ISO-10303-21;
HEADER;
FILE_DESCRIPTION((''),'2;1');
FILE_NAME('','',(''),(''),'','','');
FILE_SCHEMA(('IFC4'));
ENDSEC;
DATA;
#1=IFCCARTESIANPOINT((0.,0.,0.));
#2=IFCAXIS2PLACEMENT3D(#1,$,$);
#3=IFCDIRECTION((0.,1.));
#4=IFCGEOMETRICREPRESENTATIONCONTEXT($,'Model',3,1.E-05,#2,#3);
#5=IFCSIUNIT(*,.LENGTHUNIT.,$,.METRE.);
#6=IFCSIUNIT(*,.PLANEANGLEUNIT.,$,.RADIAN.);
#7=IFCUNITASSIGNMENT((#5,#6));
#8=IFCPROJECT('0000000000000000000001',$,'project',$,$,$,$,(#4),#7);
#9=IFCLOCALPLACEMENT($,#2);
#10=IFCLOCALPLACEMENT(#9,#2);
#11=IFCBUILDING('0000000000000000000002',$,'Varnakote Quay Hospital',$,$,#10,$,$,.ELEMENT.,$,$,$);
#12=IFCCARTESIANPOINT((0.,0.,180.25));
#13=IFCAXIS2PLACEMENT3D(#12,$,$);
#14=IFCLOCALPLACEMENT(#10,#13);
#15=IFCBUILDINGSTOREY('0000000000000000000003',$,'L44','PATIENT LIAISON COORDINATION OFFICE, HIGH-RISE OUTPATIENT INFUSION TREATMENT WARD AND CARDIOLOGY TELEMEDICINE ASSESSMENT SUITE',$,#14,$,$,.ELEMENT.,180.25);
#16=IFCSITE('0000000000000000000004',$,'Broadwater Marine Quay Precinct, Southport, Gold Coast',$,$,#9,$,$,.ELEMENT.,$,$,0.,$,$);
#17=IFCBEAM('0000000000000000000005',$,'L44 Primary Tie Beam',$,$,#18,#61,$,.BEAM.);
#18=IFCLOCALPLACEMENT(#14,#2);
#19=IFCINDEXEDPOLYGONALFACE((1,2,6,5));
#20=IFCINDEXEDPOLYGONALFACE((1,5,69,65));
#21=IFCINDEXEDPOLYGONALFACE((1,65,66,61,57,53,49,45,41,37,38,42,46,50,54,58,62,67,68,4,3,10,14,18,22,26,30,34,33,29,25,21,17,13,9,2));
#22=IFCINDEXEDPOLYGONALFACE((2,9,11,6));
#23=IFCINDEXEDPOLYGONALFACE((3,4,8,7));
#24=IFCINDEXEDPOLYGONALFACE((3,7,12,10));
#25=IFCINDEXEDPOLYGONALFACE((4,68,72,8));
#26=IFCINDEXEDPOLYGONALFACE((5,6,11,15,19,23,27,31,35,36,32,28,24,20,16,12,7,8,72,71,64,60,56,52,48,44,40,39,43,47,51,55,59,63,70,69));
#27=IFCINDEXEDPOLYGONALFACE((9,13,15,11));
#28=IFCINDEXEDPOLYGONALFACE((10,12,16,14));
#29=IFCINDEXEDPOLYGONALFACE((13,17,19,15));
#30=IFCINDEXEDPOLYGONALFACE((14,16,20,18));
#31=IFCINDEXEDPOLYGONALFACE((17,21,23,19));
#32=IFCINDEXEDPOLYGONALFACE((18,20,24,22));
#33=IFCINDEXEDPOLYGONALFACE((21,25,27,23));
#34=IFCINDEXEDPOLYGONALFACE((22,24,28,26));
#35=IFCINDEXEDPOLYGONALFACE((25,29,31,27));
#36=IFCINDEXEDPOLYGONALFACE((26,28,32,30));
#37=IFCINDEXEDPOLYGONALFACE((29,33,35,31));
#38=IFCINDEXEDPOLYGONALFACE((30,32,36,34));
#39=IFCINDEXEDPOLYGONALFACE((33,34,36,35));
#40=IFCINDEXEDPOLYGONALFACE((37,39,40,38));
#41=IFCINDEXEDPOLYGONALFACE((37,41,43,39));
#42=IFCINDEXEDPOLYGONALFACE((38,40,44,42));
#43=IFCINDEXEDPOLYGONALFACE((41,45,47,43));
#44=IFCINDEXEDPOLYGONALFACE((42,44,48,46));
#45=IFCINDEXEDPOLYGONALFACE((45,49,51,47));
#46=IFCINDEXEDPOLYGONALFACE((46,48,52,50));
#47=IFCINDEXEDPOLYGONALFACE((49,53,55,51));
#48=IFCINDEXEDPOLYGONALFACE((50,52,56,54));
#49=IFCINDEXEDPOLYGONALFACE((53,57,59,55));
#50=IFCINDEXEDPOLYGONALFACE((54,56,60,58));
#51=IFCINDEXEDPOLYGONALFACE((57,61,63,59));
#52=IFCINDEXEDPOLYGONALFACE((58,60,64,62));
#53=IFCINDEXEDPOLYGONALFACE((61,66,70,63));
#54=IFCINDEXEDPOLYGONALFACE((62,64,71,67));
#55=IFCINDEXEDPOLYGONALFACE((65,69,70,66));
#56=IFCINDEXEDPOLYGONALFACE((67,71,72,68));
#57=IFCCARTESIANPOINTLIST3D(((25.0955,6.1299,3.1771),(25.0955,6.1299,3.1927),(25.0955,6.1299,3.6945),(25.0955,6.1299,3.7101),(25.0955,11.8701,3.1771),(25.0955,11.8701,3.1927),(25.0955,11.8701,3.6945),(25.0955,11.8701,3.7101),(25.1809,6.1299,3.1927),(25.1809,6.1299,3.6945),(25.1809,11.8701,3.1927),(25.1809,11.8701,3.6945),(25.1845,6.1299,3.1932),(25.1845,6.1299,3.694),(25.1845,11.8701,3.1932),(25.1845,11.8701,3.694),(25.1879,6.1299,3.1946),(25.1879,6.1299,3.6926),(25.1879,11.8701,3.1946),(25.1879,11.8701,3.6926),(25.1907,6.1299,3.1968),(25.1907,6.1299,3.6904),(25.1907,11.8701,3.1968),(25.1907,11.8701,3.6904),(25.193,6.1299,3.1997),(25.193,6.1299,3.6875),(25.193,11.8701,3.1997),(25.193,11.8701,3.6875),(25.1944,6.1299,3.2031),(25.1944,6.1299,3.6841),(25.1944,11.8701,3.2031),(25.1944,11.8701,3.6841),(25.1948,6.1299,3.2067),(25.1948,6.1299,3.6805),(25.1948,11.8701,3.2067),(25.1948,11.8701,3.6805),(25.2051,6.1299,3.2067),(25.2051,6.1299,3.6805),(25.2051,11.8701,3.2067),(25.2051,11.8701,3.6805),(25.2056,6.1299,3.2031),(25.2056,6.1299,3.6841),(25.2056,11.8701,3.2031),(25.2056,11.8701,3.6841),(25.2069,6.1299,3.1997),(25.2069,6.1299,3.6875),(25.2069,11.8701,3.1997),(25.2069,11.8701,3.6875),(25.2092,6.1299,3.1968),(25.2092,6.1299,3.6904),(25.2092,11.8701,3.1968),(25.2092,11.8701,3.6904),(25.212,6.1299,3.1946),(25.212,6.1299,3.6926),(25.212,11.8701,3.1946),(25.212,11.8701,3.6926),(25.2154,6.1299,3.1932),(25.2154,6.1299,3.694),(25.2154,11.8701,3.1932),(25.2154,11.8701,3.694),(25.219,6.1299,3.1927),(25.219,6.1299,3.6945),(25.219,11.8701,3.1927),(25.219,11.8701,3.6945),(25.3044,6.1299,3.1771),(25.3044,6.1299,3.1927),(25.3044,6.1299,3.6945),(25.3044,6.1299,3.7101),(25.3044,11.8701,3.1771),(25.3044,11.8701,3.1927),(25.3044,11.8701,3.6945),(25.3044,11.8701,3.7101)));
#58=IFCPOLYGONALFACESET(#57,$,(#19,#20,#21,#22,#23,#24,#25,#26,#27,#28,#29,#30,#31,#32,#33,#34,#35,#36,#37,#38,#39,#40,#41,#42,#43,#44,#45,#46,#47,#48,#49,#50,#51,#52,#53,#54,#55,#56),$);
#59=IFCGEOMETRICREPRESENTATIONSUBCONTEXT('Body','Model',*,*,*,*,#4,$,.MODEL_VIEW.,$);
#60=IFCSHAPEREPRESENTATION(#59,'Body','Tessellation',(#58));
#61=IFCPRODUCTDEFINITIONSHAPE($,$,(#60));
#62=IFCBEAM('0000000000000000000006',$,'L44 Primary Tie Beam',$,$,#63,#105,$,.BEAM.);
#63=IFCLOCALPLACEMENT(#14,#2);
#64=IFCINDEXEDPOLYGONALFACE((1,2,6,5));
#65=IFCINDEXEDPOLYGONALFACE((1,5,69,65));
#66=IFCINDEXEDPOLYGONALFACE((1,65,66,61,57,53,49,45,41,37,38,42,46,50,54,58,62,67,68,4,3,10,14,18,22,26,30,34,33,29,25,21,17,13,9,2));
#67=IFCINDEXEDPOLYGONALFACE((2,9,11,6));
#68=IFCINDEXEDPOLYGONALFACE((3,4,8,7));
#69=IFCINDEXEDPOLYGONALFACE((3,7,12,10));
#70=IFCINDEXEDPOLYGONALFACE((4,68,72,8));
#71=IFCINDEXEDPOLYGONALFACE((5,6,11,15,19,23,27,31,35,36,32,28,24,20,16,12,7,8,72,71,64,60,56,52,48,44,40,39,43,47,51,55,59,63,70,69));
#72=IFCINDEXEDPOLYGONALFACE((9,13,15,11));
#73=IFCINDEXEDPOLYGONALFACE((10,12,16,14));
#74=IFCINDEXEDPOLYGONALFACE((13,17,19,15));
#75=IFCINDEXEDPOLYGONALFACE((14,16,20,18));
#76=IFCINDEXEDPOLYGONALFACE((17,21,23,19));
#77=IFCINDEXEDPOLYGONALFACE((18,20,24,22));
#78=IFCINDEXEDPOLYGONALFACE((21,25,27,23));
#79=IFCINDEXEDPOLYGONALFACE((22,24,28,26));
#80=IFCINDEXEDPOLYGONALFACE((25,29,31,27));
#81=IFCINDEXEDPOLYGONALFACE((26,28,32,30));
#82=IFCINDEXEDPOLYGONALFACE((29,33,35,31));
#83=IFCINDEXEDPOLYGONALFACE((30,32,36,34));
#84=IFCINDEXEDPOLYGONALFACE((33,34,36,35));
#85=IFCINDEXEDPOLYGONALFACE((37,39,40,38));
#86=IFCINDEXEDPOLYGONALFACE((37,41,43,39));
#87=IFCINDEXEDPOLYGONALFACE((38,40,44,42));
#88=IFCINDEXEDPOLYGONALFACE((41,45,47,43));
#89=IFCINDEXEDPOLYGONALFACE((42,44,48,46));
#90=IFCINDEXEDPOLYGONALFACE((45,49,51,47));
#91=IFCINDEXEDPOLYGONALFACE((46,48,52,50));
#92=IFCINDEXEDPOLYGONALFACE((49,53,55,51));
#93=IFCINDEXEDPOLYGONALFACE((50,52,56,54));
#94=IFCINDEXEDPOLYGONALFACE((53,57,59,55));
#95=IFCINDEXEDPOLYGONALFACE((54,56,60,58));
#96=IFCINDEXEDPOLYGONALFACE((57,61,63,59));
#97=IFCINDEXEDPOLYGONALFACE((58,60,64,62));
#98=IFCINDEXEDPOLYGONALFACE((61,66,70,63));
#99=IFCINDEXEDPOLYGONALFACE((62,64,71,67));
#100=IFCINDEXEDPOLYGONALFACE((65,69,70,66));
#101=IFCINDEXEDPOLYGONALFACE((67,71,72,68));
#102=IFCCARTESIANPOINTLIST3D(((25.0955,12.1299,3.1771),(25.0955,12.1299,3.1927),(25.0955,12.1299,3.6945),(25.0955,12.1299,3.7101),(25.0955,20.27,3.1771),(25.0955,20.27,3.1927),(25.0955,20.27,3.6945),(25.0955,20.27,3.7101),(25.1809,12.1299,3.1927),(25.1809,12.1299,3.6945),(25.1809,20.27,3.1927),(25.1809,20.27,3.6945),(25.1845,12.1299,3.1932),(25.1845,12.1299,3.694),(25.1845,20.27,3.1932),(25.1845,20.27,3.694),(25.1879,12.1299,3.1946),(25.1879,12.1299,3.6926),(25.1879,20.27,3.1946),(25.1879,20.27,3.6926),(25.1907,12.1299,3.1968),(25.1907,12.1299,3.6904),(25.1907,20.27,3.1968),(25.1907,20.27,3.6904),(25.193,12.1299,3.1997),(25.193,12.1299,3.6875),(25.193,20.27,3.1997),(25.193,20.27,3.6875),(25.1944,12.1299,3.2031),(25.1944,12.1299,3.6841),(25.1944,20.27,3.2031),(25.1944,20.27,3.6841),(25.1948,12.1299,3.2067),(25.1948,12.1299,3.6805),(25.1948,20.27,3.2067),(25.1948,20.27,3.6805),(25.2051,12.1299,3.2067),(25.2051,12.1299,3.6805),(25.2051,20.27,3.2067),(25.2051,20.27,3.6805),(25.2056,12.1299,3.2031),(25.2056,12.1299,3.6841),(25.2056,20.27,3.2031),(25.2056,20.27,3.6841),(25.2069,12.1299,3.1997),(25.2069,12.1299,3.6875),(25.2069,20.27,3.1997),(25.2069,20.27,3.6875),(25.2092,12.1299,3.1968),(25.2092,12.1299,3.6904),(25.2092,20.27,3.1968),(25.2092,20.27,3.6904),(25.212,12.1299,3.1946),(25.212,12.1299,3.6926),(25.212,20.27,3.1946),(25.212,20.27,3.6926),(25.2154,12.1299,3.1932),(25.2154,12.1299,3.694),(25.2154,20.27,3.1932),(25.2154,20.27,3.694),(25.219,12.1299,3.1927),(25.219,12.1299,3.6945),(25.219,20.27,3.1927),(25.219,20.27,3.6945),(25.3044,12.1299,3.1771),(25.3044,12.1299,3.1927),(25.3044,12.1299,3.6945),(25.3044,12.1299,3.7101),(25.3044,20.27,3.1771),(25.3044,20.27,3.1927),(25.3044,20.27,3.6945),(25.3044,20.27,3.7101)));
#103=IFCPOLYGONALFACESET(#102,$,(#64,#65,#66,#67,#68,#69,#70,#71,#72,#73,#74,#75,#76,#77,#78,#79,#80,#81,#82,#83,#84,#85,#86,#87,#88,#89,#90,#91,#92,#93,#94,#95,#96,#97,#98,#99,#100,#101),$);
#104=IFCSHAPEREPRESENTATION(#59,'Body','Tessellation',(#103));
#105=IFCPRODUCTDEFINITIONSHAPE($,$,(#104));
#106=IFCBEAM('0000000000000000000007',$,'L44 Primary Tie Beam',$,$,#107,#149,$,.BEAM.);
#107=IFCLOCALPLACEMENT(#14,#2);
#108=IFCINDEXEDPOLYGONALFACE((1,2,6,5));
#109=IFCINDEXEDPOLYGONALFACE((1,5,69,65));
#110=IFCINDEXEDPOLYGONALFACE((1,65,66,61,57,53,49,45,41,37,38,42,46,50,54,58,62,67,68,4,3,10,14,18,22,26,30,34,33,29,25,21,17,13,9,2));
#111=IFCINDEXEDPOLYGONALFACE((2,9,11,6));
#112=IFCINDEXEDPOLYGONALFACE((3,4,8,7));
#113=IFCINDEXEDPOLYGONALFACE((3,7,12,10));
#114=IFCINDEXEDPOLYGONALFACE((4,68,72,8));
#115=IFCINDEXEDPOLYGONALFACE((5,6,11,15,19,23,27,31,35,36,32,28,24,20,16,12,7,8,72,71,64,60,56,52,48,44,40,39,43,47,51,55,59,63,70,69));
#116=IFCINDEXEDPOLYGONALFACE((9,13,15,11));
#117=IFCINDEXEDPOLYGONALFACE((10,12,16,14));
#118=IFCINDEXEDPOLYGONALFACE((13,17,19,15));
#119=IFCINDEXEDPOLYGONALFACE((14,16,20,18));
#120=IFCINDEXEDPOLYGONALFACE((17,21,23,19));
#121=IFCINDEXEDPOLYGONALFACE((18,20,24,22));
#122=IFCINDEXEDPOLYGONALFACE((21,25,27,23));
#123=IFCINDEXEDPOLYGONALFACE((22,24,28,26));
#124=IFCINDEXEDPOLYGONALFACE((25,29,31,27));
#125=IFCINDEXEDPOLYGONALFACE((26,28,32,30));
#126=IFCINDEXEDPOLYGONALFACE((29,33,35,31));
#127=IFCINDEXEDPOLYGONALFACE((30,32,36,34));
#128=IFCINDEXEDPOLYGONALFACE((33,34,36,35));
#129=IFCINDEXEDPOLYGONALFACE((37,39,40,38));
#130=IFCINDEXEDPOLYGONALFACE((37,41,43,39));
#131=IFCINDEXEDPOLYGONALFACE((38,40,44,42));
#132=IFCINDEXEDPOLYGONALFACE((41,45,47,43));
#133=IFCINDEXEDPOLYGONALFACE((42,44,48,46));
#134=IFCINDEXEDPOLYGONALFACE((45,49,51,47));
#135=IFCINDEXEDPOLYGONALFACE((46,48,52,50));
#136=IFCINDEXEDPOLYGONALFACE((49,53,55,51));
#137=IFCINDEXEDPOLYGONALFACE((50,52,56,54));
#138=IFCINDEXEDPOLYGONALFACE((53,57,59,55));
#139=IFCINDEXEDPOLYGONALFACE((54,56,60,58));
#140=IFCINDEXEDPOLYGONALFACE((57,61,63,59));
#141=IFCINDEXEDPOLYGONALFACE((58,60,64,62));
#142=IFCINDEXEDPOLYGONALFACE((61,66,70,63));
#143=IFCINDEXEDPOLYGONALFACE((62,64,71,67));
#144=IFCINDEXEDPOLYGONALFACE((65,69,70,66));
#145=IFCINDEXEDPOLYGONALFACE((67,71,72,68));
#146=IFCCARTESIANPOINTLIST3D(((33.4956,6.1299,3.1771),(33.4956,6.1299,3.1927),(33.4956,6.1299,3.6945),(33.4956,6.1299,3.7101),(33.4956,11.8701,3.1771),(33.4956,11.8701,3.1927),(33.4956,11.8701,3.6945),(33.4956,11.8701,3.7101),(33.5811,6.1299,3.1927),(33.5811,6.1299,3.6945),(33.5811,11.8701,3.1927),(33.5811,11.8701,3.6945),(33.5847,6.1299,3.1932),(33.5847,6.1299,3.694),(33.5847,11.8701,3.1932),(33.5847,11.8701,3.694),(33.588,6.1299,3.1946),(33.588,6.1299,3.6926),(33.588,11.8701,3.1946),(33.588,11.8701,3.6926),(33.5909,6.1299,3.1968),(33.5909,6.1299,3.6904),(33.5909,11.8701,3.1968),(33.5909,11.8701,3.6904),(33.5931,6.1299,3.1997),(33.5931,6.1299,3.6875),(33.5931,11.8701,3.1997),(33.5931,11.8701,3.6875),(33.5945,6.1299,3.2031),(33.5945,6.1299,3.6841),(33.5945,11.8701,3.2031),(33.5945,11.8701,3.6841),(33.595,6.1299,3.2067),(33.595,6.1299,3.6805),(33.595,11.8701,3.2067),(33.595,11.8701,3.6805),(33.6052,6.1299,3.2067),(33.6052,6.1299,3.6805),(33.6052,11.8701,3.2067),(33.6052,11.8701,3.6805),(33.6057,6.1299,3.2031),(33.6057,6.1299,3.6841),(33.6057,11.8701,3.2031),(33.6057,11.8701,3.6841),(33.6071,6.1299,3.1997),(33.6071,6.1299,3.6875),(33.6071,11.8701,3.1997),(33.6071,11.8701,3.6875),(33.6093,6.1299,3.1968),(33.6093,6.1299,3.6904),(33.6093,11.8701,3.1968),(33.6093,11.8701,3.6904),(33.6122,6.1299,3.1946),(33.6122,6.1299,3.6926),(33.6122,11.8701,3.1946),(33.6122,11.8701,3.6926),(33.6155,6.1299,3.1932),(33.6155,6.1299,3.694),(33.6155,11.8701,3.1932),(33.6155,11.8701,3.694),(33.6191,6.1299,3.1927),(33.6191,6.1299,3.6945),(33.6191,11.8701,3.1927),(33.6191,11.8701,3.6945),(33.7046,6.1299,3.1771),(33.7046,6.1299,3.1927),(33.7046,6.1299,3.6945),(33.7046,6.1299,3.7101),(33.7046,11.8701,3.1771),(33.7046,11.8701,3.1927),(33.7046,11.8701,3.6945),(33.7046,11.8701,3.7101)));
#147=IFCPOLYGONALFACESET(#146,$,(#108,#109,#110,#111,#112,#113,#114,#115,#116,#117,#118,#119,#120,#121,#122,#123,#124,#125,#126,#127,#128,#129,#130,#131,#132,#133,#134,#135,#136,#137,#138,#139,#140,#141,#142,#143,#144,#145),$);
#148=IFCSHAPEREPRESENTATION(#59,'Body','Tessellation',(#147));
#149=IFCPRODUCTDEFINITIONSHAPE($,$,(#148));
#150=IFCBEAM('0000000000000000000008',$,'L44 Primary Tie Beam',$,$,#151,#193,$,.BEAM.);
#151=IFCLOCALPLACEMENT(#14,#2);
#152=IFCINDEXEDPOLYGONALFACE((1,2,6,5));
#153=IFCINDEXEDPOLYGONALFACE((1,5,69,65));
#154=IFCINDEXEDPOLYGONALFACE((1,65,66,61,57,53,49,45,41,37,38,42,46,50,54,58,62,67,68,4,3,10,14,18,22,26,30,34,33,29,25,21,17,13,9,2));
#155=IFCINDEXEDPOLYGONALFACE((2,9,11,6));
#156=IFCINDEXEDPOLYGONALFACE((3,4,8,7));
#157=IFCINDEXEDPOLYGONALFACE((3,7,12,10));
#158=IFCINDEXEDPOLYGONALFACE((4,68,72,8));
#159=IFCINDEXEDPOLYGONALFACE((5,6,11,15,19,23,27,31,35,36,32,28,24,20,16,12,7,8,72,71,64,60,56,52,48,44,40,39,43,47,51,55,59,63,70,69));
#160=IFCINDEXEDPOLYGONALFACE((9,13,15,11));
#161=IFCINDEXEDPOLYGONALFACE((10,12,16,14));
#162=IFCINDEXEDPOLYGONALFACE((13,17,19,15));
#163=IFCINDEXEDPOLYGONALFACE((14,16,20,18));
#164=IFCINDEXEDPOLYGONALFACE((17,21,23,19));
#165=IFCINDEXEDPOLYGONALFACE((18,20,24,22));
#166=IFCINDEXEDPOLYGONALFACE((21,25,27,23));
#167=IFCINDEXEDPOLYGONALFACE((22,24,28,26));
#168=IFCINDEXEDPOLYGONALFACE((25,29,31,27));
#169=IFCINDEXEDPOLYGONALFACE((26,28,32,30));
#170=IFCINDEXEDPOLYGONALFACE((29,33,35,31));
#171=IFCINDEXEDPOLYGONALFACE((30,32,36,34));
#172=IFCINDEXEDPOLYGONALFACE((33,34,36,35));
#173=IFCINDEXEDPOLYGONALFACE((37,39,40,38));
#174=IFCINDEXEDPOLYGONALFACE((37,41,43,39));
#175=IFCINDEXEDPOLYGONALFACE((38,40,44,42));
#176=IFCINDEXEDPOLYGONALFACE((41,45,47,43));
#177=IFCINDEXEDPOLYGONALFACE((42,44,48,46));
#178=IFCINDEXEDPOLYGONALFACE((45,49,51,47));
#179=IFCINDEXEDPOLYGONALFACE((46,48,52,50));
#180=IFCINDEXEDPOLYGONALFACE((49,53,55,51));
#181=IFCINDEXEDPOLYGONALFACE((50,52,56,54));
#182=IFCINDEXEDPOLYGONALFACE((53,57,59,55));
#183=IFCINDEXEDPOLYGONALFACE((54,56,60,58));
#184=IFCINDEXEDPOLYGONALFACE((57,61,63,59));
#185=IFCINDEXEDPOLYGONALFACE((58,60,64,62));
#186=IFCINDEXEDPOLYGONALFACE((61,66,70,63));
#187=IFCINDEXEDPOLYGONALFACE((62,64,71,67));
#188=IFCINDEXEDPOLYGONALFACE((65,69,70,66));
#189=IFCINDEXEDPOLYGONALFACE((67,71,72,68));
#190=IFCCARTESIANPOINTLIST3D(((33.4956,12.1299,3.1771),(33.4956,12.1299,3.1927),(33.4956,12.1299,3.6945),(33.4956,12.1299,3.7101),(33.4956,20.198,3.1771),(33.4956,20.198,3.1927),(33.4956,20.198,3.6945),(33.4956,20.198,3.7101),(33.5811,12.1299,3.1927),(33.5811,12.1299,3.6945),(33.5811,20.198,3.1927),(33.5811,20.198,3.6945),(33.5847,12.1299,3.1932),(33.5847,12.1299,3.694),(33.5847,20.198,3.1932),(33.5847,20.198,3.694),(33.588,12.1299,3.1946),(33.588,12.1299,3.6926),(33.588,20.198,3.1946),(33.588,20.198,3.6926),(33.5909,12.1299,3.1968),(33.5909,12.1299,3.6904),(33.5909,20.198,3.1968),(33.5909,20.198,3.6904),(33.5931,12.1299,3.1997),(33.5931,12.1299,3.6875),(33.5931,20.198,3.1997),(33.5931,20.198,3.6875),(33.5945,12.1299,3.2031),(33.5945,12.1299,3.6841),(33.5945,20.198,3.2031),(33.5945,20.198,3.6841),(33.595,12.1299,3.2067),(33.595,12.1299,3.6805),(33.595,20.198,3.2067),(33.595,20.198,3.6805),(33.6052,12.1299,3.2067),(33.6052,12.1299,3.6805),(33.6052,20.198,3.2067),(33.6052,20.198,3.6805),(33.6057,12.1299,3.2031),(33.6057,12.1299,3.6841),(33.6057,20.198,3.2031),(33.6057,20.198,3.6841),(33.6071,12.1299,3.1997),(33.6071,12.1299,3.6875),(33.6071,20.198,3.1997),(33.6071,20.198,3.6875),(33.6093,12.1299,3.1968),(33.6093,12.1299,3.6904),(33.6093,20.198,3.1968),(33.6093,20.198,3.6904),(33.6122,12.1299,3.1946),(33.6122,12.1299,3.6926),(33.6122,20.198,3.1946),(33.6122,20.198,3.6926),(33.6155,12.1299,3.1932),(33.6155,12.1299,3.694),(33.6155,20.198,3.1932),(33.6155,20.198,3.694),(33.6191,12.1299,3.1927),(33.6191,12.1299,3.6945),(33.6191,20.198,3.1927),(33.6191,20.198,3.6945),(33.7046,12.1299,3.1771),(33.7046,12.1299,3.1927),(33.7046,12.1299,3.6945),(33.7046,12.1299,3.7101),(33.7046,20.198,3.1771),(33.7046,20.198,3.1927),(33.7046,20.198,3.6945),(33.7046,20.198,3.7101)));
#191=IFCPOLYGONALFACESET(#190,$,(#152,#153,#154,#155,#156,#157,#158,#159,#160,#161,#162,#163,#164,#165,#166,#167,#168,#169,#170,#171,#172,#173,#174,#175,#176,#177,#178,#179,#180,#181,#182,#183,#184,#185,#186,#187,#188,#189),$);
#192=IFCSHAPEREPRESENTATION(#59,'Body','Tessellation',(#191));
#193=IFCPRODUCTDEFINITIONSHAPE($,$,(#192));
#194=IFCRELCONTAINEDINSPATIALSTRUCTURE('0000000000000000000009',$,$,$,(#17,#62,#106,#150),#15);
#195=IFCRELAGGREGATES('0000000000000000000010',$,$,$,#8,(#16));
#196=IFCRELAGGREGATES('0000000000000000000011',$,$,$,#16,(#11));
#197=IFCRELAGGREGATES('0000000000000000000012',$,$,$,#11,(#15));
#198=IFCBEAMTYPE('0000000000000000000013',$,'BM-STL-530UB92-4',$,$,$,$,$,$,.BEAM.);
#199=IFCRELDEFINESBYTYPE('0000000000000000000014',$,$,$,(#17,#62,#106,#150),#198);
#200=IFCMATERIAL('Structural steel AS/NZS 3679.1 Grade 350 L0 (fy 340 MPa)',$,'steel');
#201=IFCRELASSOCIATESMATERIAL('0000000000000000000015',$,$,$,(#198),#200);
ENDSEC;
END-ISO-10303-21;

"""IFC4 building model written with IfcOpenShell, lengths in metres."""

from ifc_helpers import new_model, si_unit, direction, frame, origin, origin_2d, place, context, subcontext, project, spatial, i_section, extrude, material, material_profile, profile_set, type_object, element, save


model = new_model("IFC4")

# Units and contexts
model_context = context("Model", 3, precision=1e-05, world=origin(), true_north=direction((0.0, 1.0)))
body_context = subcontext(model_context, "Body", "Model", "MODEL_VIEW")
ifc_project = project(units=[si_unit("LENGTHUNIT", "METRE"), si_unit("PLANEANGLEUNIT", "RADIAN")], contexts=[model_context])

# Site, building, storey
site_placement = place(None, origin())
site = spatial("IfcSite", under=ifc_project, at=site_placement, Name="Broadwater Marine Quay Precinct, Southport, Gold Coast", CompositionType="ELEMENT", RefElevation=0.0)
building_placement = place(site_placement, origin())
building = spatial("IfcBuilding", under=site, at=building_placement, Name="Varnakote Quay Hospital", CompositionType="ELEMENT")
storey_placement = place(building_placement, frame((0.0, 0.0, 180.25)))
storey = spatial("IfcBuildingStorey", under=building, at=storey_placement, Name="L44", Description="PATIENT LIAISON COORDINATION OFFICE, HIGH-RISE OUTPATIENT INFUSION TREATMENT WARD AND CARDIOLOGY TELEMEDICINE ASSESSMENT SUITE", CompositionType="ELEMENT", Elevation=180.25)

# Beams
ifc_material_1 = material(Name="Structural steel AS/NZS 3679.1 Grade 350 L0 (fy 340 MPa)", Category="steel")
ifc_material_profile_1 = material_profile(ifc_material_1, i_section(OverallWidth=0.209, OverallDepth=0.533, WebThickness=0.0103, FlangeThickness=0.0156, FilletRadius=0.0139, at=origin_2d()), Name="530UB92.4")
ifc_profile_set_1 = profile_set([ifc_material_profile_1], Name="Structural steel AS/NZS 3679.1 Grade 350 L0 (fy 340 MPa)")
beam_type_1 = type_object("IfcBeamType", Name="BM-STL-530UB92-4", PredefinedType="BEAM", material=ifc_profile_set_1)
beam_1_placement = place(storey_placement, frame((25.2, 6.1299, 3.4436), z_axis=(0.0, 1.0, 0.0), x_axis=(-1.0, 0.0, 0.0)))
element("IfcBeam", 1, at=beam_1_placement, inside=storey, type_object=beam_type_1, Name="L44 Primary Tie Beam", PredefinedType="BEAM", context=body_context, shape_type="SweptSolid", body=[
    extrude(i_section(OverallWidth=0.209, OverallDepth=0.533, WebThickness=0.0103, FlangeThickness=0.0156, FilletRadius=0.0139, at=origin_2d()), origin(), (0.0, 0.0, 1.0), 5.7402),
])
beam_2_placement = place(storey_placement, frame((25.2, 12.1299, 3.4436), z_axis=(0.0, 1.0, 0.0), x_axis=(-1.0, 0.0, 0.0)))
element("IfcBeam", 2, at=beam_2_placement, inside=storey, type_object=beam_type_1, Name="L44 Primary Tie Beam", PredefinedType="BEAM", context=body_context, shape_type="SweptSolid", body=[
    extrude(i_section(OverallWidth=0.209, OverallDepth=0.533, WebThickness=0.0103, FlangeThickness=0.0156, FilletRadius=0.0139, at=origin_2d()), origin(), (0.0, 0.0, 1.0), 8.1401),
])
beam_3_placement = place(storey_placement, frame((33.6001, 6.1299, 3.4436), z_axis=(0.0, 1.0, 0.0), x_axis=(-1.0, 0.0, 0.0)))
element("IfcBeam", 3, at=beam_3_placement, inside=storey, type_object=beam_type_1, Name="L44 Primary Tie Beam", PredefinedType="BEAM", context=body_context, shape_type="SweptSolid", body=[
    extrude(i_section(OverallWidth=0.209, OverallDepth=0.533, WebThickness=0.0103, FlangeThickness=0.0156, FilletRadius=0.0139, at=origin_2d()), origin(), (0.0, 0.0, 1.0), 5.7402),
])
beam_4_placement = place(storey_placement, frame((33.6001, 12.1299, 3.4436), z_axis=(0.0, 1.0, 0.0), x_axis=(-1.0, 0.0, 0.0)))
element("IfcBeam", 4, at=beam_4_placement, inside=storey, type_object=beam_type_1, Name="L44 Primary Tie Beam", PredefinedType="BEAM", context=body_context, shape_type="SweptSolid", body=[
    extrude(i_section(OverallWidth=0.209, OverallDepth=0.533, WebThickness=0.0103, FlangeThickness=0.0156, FilletRadius=0.0139, at=origin_2d()), origin(), (0.0, 0.0, 1.0), 8.0681),
])

save(model, "model.ifc")
